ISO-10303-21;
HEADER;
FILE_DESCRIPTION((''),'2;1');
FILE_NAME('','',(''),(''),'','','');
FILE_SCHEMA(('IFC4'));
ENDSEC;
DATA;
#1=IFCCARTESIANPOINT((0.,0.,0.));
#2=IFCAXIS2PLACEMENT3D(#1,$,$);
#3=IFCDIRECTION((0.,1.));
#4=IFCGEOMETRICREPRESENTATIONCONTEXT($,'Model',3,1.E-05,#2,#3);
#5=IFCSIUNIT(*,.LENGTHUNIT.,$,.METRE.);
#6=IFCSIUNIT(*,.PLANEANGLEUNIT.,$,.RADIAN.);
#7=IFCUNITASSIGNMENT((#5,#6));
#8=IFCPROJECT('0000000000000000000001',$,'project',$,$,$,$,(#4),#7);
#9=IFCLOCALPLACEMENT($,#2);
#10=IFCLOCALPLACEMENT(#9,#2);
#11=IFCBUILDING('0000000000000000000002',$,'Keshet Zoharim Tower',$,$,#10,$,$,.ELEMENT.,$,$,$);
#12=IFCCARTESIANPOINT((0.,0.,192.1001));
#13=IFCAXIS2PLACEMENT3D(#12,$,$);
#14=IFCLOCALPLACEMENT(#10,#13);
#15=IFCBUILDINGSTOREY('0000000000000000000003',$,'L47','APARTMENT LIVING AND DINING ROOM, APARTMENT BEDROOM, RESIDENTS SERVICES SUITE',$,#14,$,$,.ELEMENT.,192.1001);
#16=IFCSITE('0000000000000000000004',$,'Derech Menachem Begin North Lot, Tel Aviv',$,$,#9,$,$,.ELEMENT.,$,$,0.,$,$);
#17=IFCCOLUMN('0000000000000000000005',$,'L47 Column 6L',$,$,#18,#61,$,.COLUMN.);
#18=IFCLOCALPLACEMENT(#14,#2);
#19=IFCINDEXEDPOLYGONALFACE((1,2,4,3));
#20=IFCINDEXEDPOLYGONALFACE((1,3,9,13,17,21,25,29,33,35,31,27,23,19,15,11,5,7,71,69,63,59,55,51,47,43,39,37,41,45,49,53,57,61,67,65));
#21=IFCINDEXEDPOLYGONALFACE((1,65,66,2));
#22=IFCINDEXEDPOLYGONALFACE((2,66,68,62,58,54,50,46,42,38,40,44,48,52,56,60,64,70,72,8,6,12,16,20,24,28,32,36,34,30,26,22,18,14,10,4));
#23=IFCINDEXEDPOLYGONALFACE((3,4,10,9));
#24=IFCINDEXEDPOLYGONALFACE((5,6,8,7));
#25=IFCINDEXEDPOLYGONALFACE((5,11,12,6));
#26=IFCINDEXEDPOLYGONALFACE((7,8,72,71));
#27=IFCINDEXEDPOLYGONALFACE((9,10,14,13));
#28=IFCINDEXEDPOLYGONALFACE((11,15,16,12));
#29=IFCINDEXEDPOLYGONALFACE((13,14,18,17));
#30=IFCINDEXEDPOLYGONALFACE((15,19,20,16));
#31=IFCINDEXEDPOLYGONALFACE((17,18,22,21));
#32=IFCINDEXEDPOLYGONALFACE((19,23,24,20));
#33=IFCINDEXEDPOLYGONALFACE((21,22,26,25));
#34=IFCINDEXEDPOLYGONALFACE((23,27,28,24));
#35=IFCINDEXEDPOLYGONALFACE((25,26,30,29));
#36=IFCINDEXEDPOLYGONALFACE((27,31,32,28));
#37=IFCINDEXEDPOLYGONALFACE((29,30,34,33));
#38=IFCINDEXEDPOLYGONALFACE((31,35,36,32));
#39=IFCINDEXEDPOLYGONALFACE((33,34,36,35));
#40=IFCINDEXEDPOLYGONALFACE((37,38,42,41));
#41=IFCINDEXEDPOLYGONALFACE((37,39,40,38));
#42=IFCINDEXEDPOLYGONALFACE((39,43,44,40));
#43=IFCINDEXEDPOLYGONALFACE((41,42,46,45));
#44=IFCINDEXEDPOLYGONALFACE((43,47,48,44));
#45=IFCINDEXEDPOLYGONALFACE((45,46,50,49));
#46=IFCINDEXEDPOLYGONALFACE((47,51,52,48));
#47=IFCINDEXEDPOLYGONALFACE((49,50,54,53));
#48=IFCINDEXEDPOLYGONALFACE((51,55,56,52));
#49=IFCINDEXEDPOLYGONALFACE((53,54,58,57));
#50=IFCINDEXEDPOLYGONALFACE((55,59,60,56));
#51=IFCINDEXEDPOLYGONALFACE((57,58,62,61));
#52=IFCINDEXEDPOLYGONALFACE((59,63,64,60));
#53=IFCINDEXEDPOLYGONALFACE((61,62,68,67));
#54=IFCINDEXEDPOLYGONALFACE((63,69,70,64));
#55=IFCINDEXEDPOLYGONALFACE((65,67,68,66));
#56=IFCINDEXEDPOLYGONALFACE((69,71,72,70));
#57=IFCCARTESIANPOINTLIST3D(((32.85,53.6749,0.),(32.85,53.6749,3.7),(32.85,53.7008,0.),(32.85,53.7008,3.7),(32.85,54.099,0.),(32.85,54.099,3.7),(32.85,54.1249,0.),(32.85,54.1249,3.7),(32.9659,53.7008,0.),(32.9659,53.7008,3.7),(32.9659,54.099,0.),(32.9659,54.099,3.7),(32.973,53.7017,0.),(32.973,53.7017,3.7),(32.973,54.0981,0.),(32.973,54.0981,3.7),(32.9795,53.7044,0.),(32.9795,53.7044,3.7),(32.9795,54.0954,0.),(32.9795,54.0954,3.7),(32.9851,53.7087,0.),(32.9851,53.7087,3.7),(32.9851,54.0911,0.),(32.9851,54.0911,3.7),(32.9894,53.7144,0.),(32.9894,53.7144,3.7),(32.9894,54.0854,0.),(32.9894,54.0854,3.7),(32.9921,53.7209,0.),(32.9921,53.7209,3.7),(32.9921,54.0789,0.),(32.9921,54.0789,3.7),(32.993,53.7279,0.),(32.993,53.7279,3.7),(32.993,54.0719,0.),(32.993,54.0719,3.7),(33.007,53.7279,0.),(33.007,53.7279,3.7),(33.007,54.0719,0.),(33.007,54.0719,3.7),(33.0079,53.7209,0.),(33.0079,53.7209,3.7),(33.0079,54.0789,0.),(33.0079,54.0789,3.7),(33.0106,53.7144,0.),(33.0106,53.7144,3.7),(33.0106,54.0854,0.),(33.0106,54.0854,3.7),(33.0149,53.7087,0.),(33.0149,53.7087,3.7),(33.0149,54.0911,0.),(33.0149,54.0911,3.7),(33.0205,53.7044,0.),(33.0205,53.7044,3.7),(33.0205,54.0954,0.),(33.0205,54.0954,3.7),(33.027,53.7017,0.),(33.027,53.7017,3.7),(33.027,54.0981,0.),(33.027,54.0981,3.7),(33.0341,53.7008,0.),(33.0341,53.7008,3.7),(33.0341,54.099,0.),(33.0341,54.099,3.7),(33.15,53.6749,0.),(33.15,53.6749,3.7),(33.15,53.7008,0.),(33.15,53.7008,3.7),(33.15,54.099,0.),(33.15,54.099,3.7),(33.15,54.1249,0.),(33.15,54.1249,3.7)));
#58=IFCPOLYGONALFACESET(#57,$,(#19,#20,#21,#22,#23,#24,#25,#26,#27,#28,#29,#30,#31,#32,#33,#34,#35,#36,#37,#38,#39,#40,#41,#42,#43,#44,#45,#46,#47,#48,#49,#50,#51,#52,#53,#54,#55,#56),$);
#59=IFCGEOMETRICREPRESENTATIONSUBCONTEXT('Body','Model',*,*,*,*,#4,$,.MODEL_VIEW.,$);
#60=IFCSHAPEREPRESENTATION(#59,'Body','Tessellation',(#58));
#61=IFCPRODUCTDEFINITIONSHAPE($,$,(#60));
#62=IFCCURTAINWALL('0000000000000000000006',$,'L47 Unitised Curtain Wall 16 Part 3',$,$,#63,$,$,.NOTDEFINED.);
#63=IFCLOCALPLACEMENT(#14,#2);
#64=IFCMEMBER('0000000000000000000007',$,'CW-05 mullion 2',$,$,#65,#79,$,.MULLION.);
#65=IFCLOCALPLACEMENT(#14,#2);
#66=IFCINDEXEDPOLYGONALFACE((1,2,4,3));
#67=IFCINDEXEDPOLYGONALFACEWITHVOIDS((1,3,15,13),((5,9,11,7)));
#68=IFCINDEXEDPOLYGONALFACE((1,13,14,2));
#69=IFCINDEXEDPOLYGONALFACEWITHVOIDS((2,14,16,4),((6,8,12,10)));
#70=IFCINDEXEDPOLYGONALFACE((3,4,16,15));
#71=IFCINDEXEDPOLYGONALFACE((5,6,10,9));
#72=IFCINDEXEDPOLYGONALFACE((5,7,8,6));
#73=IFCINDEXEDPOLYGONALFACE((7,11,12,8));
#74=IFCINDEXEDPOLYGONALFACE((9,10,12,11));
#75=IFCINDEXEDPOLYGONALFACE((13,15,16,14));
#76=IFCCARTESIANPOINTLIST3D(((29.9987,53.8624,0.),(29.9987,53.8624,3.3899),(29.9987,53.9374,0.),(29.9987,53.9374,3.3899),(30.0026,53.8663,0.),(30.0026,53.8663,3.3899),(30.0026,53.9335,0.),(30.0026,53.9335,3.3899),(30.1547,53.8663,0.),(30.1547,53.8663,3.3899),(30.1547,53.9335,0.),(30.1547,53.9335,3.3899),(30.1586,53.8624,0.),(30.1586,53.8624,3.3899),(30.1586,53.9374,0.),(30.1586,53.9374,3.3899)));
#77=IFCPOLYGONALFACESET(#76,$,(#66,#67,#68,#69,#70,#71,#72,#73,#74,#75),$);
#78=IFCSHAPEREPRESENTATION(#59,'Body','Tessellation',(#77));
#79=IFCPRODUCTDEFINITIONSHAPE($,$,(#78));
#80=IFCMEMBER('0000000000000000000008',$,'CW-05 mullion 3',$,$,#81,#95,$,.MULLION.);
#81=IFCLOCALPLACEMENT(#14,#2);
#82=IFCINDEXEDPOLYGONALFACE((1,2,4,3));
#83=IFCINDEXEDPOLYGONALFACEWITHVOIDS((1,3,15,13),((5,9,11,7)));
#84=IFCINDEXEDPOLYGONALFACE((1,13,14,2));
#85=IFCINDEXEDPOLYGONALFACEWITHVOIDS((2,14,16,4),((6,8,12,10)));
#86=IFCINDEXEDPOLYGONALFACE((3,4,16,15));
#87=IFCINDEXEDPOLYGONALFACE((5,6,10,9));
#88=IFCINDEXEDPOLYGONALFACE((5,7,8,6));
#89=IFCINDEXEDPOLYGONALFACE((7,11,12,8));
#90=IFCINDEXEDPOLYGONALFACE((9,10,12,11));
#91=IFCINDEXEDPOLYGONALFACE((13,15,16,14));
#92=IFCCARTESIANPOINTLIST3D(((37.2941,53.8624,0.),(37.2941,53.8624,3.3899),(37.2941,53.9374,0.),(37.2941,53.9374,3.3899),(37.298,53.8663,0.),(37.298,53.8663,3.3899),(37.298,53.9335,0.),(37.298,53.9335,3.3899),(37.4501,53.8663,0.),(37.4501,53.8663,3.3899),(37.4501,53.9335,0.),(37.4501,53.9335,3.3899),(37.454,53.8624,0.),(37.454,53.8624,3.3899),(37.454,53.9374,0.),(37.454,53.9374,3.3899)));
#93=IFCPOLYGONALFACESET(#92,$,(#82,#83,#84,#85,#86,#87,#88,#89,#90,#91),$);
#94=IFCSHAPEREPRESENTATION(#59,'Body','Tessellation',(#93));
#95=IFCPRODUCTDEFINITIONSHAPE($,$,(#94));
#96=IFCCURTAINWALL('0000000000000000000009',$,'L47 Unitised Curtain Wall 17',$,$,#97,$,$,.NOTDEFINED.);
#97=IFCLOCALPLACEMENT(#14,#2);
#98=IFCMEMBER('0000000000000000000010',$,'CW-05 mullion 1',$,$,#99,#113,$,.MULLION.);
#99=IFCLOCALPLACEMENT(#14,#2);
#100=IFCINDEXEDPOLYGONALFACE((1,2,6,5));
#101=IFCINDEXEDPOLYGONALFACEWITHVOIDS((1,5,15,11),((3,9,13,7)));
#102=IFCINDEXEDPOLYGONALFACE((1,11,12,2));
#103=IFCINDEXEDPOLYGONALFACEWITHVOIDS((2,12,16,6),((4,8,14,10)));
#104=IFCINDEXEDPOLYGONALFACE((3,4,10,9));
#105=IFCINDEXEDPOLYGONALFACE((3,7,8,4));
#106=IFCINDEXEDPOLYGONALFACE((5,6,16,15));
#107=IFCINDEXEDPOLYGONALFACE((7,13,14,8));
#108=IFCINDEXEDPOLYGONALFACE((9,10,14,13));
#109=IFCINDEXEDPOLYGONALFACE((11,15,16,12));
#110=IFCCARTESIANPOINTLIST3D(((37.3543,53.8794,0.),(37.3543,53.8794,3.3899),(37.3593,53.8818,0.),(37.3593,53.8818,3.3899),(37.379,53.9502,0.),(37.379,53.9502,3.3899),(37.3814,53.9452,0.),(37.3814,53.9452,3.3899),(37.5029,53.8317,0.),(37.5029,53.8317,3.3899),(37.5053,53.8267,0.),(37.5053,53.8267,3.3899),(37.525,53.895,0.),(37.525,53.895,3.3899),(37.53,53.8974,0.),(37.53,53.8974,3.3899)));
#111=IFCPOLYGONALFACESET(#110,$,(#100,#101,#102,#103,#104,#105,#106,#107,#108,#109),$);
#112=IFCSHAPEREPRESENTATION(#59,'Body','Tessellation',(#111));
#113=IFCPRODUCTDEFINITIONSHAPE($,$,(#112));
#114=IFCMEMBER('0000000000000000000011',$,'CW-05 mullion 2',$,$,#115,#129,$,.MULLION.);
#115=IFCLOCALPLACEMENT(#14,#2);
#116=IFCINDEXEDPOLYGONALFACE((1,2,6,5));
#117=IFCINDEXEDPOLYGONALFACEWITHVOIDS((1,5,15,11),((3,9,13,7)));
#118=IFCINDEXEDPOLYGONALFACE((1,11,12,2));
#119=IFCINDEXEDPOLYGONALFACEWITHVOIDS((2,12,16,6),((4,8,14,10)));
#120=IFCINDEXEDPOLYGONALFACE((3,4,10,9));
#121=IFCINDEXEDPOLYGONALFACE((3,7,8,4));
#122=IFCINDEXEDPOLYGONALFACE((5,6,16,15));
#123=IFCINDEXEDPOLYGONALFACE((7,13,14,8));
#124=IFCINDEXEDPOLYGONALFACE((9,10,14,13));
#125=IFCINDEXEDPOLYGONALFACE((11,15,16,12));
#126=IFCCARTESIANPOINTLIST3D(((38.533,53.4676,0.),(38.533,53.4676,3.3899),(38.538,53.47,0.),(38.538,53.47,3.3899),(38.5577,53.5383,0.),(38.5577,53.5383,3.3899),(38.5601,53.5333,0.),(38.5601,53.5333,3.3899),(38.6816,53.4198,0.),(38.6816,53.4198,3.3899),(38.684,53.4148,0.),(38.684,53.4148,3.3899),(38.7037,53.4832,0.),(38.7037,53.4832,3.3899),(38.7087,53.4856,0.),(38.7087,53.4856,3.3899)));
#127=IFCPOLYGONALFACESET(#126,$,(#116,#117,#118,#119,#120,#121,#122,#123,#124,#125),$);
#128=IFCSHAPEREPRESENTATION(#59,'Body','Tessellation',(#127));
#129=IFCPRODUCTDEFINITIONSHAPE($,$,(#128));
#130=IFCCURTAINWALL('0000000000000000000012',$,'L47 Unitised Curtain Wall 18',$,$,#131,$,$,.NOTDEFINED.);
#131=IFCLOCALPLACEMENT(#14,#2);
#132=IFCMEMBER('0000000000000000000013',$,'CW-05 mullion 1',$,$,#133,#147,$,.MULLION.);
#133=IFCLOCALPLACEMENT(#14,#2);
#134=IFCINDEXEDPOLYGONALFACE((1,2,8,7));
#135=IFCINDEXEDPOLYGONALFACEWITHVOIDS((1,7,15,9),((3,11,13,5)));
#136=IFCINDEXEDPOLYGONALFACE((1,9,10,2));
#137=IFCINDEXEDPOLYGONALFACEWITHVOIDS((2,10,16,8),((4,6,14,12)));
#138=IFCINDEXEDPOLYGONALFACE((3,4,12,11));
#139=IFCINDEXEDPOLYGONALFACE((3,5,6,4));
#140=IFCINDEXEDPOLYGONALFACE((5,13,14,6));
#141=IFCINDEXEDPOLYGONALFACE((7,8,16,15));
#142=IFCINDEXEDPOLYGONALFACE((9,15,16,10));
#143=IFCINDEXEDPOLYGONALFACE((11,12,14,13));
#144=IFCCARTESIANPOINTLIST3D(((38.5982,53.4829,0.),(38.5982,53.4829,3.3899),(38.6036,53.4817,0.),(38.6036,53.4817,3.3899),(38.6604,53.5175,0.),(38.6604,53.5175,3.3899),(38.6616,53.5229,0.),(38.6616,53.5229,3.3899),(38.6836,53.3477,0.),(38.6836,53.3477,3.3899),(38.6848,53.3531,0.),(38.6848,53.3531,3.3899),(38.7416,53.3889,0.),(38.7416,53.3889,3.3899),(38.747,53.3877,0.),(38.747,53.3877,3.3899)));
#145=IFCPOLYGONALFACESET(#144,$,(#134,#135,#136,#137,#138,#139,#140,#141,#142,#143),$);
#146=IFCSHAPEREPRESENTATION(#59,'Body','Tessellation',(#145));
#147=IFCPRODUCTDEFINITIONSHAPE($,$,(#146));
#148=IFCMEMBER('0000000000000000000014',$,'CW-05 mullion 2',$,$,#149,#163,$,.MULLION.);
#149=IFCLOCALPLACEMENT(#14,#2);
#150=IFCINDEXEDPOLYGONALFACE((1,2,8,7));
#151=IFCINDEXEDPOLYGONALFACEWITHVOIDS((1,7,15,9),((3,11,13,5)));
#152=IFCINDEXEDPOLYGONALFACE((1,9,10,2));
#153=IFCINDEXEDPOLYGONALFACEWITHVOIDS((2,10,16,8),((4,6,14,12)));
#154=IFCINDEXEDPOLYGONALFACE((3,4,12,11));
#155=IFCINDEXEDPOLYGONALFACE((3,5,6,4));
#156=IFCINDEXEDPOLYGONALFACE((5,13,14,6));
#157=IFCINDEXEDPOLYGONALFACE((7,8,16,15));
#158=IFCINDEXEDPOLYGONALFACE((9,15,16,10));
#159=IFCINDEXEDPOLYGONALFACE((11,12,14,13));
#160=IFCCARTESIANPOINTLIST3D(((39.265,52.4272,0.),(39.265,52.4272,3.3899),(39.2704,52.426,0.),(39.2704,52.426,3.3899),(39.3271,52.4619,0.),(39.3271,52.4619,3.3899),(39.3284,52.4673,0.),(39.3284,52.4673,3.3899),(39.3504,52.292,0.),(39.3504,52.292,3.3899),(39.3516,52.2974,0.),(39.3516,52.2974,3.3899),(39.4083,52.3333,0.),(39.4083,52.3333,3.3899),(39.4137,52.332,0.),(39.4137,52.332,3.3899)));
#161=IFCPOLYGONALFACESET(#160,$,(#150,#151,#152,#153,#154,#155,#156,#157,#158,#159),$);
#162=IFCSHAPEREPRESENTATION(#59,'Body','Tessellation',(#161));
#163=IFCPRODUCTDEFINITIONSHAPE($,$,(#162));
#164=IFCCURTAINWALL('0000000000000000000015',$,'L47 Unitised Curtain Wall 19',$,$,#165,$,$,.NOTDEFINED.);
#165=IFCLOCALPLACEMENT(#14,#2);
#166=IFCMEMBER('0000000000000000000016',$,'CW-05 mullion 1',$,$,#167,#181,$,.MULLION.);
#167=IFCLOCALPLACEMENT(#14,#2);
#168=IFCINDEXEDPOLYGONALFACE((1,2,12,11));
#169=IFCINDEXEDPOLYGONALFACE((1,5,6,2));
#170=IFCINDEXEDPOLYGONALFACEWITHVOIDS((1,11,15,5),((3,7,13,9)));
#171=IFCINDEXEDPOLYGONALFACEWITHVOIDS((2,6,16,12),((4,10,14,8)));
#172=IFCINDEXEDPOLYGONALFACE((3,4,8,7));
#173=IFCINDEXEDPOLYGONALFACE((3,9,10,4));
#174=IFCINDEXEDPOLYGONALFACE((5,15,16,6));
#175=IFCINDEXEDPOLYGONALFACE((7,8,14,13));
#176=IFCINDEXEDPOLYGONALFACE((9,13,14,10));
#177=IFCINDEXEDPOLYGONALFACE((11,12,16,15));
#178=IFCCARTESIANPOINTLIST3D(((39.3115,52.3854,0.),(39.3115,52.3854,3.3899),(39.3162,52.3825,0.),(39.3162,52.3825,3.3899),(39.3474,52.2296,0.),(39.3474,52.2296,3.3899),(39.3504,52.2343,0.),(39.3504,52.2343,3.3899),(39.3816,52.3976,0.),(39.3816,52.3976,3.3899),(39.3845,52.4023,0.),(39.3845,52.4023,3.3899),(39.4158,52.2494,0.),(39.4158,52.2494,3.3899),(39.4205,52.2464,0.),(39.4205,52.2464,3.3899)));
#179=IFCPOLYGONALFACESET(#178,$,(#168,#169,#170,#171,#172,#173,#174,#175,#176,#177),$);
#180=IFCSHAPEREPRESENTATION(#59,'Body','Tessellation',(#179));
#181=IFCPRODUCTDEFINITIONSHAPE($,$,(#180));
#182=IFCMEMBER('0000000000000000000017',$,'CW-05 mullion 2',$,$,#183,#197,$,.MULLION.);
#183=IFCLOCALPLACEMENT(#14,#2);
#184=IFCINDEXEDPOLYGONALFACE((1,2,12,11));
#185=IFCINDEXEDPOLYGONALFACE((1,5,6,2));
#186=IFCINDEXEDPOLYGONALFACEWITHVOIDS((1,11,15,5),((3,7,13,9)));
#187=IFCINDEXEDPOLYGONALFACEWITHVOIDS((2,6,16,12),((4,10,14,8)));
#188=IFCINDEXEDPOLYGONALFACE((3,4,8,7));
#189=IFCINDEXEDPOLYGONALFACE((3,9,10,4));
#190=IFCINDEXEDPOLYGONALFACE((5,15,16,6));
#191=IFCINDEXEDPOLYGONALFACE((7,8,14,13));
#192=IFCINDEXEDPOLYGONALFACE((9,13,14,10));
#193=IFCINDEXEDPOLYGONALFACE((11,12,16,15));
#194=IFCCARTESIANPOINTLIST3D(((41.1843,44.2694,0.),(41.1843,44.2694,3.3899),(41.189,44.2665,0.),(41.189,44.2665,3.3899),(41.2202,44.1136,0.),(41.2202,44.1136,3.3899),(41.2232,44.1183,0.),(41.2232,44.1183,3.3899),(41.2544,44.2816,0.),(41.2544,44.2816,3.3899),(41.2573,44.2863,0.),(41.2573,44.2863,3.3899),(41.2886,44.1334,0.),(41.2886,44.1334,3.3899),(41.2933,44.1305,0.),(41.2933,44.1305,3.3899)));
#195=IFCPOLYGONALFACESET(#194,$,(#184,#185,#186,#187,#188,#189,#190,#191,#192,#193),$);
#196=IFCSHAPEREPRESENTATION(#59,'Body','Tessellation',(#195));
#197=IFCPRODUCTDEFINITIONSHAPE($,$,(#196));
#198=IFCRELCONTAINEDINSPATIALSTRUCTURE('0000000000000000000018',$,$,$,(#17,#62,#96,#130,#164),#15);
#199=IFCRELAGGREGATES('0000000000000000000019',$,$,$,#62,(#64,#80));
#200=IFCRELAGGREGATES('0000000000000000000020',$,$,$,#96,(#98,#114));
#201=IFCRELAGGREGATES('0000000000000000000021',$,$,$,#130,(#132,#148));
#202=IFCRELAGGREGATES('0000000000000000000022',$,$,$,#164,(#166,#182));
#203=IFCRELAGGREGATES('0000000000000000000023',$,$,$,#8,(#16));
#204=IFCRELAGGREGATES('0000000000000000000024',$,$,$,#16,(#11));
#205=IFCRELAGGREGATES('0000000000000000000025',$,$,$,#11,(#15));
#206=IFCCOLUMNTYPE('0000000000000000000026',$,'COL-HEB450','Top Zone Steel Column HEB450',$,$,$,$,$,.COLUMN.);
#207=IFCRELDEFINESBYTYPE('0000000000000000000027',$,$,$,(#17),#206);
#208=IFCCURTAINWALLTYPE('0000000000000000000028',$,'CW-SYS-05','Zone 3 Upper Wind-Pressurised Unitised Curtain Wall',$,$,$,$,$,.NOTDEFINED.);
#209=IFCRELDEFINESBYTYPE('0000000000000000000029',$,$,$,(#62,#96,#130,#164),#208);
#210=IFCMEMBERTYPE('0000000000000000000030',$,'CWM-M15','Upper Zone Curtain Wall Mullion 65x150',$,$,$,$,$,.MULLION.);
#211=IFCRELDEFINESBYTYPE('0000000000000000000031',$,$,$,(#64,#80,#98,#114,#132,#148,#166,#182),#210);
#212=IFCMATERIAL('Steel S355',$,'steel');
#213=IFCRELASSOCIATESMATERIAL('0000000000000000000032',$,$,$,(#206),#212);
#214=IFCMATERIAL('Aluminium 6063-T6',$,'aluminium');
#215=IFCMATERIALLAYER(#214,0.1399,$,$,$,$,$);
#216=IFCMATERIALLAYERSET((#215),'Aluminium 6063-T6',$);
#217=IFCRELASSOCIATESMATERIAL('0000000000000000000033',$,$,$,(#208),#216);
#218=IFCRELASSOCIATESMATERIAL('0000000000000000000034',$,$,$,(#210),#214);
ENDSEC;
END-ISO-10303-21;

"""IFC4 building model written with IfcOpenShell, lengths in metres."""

from ifc_helpers import new_model, si_unit, direction, frame, origin, origin_2d, place, context, subcontext, project, spatial, hollow_rectangle, i_section, extrude, material, layer, layer_set, material_profile, profile_set, type_object, element, aggregate, save


model = new_model("IFC4")

# Units and contexts
model_context = context("Model", 3, precision=1e-05, world=origin(), true_north=direction((0.0, 1.0)))
body_context = subcontext(model_context, "Body", "Model", "MODEL_VIEW")
ifc_project = project(units=[si_unit("LENGTHUNIT", "METRE"), si_unit("PLANEANGLEUNIT", "RADIAN")], contexts=[model_context])

# Site, building, storey
site_placement = place(None, origin())
site = spatial("IfcSite", under=ifc_project, at=site_placement, Name="Derech Menachem Begin North Lot, Tel Aviv", CompositionType="ELEMENT", RefElevation=0.0)
building_placement = place(site_placement, origin())
building = spatial("IfcBuilding", under=site, at=building_placement, Name="Keshet Zoharim Tower", CompositionType="ELEMENT")
storey_placement = place(building_placement, frame((0.0, 0.0, 192.1001)))
storey = spatial("IfcBuildingStorey", under=building, at=storey_placement, Name="L47", Description="APARTMENT LIVING AND DINING ROOM, APARTMENT BEDROOM, RESIDENTS SERVICES SUITE", CompositionType="ELEMENT", Elevation=192.1001)

# Column
ifc_material_1 = material(Name="Steel S355", Category="steel")
ifc_material_profile_1 = material_profile(ifc_material_1, i_section(OverallWidth=0.3, OverallDepth=0.45, WebThickness=0.0139, FlangeThickness=0.0259, FilletRadius=0.0271, at=origin_2d()), Name="HEB450")
ifc_profile_set_1 = profile_set([ifc_material_profile_1], Name="Steel S355")
column_type = type_object("IfcColumnType", Name="COL-HEB450", Description="Top Zone Steel Column HEB450", PredefinedType="COLUMN", material=ifc_profile_set_1)
column_placement = place(storey_placement, frame((33.0, 53.8999, 0.0), z_axis=(0.0, 0.0, 1.0), x_axis=(1.0, 0.0, 0.0)))
element("IfcColumn", 1, at=column_placement, inside=storey, type_object=column_type, Name="L47 Column 6L", PredefinedType="COLUMN", context=body_context, shape_type="SweptSolid", body=[
    extrude(i_section(OverallWidth=0.3, OverallDepth=0.45, WebThickness=0.0139, FlangeThickness=0.0259, FilletRadius=0.0271, at=origin_2d()), origin(), (0.0, 0.0, 1.0), 3.7),
])

# Curtain walls, members
ifc_material_2 = material(Name="Aluminium 6063-T6", Category="aluminium")
ifc_layer_1 = layer(ifc_material_2, 0.1399)
ifc_layer_set_1 = layer_set([ifc_layer_1], Name="Aluminium 6063-T6")
curtain_wall_type = type_object("IfcCurtainWallType", Name="CW-SYS-05", Description="Zone 3 Upper Wind-Pressurised Unitised Curtain Wall", PredefinedType="NOTDEFINED", material=ifc_layer_set_1)
curtain_wall_1_placement = place(storey_placement, origin())
curtain_wall_1 = element("IfcCurtainWall", 2, at=curtain_wall_1_placement, inside=storey, type_object=curtain_wall_type, Name="L47 Unitised Curtain Wall 16 Part 3", PredefinedType="NOTDEFINED")
ifc_material_profile_2 = material_profile(ifc_material_2, hollow_rectangle(XDim=0.075, YDim=0.1599, WallThickness=0.0039, at=origin_2d()), Name="MUL-75x160")
ifc_profile_set_2 = profile_set([ifc_material_profile_2], Name="Aluminium 6063-T6")
member_type_1 = type_object("IfcMemberType", Name="CWM-M15", Description="Upper Zone Curtain Wall Mullion 65x150", PredefinedType="MULLION", material=ifc_profile_set_2)
member_1_placement = place(storey_placement, frame((30.0786, 53.8999, 0.0), z_axis=(0.0, 0.0, 1.0), x_axis=(0.0, 1.0, 0.0)))
member_1 = element("IfcMember", 3, at=member_1_placement, type_object=member_type_1, Name="CW-05 mullion 2", PredefinedType="MULLION", context=body_context, shape_type="SweptSolid", body=[
    extrude(hollow_rectangle(XDim=0.075, YDim=0.1599, WallThickness=0.0039, at=origin_2d()), origin(), (0.0, 0.0, 1.0), 3.3899),
])
member_2_placement = place(storey_placement, frame((37.374, 53.8999, 0.0), z_axis=(0.0, 0.0, 1.0), x_axis=(0.0, 1.0, 0.0)))
member_2 = element("IfcMember", 4, at=member_2_placement, type_object=member_type_1, Name="CW-05 mullion 3", PredefinedType="MULLION", context=body_context, shape_type="SweptSolid", body=[
    extrude(hollow_rectangle(XDim=0.075, YDim=0.1599, WallThickness=0.0039, at=origin_2d()), origin(), (0.0, 0.0, 1.0), 3.3899),
])
curtain_wall_2_placement = place(storey_placement, origin())
curtain_wall_2 = element("IfcCurtainWall", 5, at=curtain_wall_2_placement, inside=storey, type_object=curtain_wall_type, Name="L47 Unitised Curtain Wall 17", PredefinedType="NOTDEFINED")
member_3_placement = place(storey_placement, frame((37.4421, 53.8884, 0.0), z_axis=(0.0, 0.0, 1.0), x_axis=(0.329844, 0.944036, 0.0)))
member_3 = element("IfcMember", 6, at=member_3_placement, type_object=member_type_1, Name="CW-05 mullion 1", PredefinedType="MULLION", context=body_context, shape_type="SweptSolid", body=[
    extrude(hollow_rectangle(XDim=0.075, YDim=0.1599, WallThickness=0.0039, at=origin_2d()), origin(), (0.0, 0.0, 1.0), 3.3899),
])
member_4_placement = place(storey_placement, frame((38.6208, 53.4766, 0.0), z_axis=(0.0, 0.0, 1.0), x_axis=(0.329844, 0.944036, 0.0)))
member_4 = element("IfcMember", 7, at=member_4_placement, type_object=member_type_1, Name="CW-05 mullion 2", PredefinedType="MULLION", context=body_context, shape_type="SweptSolid", body=[
    extrude(hollow_rectangle(XDim=0.075, YDim=0.1599, WallThickness=0.0039, at=origin_2d()), origin(), (0.0, 0.0, 1.0), 3.3899),
])
curtain_wall_3_placement = place(storey_placement, origin())
curtain_wall_3 = element("IfcCurtainWall", 8, at=curtain_wall_3_placement, inside=storey, type_object=curtain_wall_type, Name="L47 Unitised Curtain Wall 18", PredefinedType="NOTDEFINED")
member_5_placement = place(storey_placement, frame((38.6726, 53.4353, 0.0), z_axis=(0.0, 0.0, 1.0), x_axis=(0.845561, 0.533879, 0.0)))
member_5 = element("IfcMember", 9, at=member_5_placement, type_object=member_type_1, Name="CW-05 mullion 1", PredefinedType="MULLION", context=body_context, shape_type="SweptSolid", body=[
    extrude(hollow_rectangle(XDim=0.075, YDim=0.1599, WallThickness=0.0039, at=origin_2d()), origin(), (0.0, 0.0, 1.0), 3.3899),
])
member_6_placement = place(storey_placement, frame((39.3394, 52.3796, 0.0), z_axis=(0.0, 0.0, 1.0), x_axis=(0.845561, 0.533879, 0.0)))
member_6 = element("IfcMember", 10, at=member_6_placement, type_object=member_type_1, Name="CW-05 mullion 2", PredefinedType="MULLION", context=body_context, shape_type="SweptSolid", body=[
    extrude(hollow_rectangle(XDim=0.075, YDim=0.1599, WallThickness=0.0039, at=origin_2d()), origin(), (0.0, 0.0, 1.0), 3.3899),
])
curtain_wall_4_placement = place(storey_placement, origin())
curtain_wall_4 = element("IfcCurtainWall", 11, at=curtain_wall_4_placement, inside=storey, type_object=curtain_wall_type, Name="L47 Unitised Curtain Wall 19", PredefinedType="NOTDEFINED")
member_7_placement = place(storey_placement, frame((39.366, 52.3159, 0.0), z_axis=(0.0, 0.0, 1.0), x_axis=(0.974394, 0.224848, 0.0)))
member_7 = element("IfcMember", 12, at=member_7_placement, type_object=member_type_1, Name="CW-05 mullion 1", PredefinedType="MULLION", context=body_context, shape_type="SweptSolid", body=[
    extrude(hollow_rectangle(XDim=0.075, YDim=0.1599, WallThickness=0.0039, at=origin_2d()), origin(), (0.0, 0.0, 1.0), 3.3899),
])
member_8_placement = place(storey_placement, frame((41.2388, 44.2, 0.0), z_axis=(0.0, 0.0, 1.0), x_axis=(0.974394, 0.224848, 0.0)))
member_8 = element("IfcMember", 13, at=member_8_placement, type_object=member_type_1, Name="CW-05 mullion 2", PredefinedType="MULLION", context=body_context, shape_type="SweptSolid", body=[
    extrude(hollow_rectangle(XDim=0.075, YDim=0.1599, WallThickness=0.0039, at=origin_2d()), origin(), (0.0, 0.0, 1.0), 3.3899),
])

aggregate(curtain_wall_1, [member_1, member_2])
aggregate(curtain_wall_2, [member_3, member_4])
aggregate(curtain_wall_3, [member_5, member_6])
aggregate(curtain_wall_4, [member_7, member_8])

save(model, "model.ifc")
